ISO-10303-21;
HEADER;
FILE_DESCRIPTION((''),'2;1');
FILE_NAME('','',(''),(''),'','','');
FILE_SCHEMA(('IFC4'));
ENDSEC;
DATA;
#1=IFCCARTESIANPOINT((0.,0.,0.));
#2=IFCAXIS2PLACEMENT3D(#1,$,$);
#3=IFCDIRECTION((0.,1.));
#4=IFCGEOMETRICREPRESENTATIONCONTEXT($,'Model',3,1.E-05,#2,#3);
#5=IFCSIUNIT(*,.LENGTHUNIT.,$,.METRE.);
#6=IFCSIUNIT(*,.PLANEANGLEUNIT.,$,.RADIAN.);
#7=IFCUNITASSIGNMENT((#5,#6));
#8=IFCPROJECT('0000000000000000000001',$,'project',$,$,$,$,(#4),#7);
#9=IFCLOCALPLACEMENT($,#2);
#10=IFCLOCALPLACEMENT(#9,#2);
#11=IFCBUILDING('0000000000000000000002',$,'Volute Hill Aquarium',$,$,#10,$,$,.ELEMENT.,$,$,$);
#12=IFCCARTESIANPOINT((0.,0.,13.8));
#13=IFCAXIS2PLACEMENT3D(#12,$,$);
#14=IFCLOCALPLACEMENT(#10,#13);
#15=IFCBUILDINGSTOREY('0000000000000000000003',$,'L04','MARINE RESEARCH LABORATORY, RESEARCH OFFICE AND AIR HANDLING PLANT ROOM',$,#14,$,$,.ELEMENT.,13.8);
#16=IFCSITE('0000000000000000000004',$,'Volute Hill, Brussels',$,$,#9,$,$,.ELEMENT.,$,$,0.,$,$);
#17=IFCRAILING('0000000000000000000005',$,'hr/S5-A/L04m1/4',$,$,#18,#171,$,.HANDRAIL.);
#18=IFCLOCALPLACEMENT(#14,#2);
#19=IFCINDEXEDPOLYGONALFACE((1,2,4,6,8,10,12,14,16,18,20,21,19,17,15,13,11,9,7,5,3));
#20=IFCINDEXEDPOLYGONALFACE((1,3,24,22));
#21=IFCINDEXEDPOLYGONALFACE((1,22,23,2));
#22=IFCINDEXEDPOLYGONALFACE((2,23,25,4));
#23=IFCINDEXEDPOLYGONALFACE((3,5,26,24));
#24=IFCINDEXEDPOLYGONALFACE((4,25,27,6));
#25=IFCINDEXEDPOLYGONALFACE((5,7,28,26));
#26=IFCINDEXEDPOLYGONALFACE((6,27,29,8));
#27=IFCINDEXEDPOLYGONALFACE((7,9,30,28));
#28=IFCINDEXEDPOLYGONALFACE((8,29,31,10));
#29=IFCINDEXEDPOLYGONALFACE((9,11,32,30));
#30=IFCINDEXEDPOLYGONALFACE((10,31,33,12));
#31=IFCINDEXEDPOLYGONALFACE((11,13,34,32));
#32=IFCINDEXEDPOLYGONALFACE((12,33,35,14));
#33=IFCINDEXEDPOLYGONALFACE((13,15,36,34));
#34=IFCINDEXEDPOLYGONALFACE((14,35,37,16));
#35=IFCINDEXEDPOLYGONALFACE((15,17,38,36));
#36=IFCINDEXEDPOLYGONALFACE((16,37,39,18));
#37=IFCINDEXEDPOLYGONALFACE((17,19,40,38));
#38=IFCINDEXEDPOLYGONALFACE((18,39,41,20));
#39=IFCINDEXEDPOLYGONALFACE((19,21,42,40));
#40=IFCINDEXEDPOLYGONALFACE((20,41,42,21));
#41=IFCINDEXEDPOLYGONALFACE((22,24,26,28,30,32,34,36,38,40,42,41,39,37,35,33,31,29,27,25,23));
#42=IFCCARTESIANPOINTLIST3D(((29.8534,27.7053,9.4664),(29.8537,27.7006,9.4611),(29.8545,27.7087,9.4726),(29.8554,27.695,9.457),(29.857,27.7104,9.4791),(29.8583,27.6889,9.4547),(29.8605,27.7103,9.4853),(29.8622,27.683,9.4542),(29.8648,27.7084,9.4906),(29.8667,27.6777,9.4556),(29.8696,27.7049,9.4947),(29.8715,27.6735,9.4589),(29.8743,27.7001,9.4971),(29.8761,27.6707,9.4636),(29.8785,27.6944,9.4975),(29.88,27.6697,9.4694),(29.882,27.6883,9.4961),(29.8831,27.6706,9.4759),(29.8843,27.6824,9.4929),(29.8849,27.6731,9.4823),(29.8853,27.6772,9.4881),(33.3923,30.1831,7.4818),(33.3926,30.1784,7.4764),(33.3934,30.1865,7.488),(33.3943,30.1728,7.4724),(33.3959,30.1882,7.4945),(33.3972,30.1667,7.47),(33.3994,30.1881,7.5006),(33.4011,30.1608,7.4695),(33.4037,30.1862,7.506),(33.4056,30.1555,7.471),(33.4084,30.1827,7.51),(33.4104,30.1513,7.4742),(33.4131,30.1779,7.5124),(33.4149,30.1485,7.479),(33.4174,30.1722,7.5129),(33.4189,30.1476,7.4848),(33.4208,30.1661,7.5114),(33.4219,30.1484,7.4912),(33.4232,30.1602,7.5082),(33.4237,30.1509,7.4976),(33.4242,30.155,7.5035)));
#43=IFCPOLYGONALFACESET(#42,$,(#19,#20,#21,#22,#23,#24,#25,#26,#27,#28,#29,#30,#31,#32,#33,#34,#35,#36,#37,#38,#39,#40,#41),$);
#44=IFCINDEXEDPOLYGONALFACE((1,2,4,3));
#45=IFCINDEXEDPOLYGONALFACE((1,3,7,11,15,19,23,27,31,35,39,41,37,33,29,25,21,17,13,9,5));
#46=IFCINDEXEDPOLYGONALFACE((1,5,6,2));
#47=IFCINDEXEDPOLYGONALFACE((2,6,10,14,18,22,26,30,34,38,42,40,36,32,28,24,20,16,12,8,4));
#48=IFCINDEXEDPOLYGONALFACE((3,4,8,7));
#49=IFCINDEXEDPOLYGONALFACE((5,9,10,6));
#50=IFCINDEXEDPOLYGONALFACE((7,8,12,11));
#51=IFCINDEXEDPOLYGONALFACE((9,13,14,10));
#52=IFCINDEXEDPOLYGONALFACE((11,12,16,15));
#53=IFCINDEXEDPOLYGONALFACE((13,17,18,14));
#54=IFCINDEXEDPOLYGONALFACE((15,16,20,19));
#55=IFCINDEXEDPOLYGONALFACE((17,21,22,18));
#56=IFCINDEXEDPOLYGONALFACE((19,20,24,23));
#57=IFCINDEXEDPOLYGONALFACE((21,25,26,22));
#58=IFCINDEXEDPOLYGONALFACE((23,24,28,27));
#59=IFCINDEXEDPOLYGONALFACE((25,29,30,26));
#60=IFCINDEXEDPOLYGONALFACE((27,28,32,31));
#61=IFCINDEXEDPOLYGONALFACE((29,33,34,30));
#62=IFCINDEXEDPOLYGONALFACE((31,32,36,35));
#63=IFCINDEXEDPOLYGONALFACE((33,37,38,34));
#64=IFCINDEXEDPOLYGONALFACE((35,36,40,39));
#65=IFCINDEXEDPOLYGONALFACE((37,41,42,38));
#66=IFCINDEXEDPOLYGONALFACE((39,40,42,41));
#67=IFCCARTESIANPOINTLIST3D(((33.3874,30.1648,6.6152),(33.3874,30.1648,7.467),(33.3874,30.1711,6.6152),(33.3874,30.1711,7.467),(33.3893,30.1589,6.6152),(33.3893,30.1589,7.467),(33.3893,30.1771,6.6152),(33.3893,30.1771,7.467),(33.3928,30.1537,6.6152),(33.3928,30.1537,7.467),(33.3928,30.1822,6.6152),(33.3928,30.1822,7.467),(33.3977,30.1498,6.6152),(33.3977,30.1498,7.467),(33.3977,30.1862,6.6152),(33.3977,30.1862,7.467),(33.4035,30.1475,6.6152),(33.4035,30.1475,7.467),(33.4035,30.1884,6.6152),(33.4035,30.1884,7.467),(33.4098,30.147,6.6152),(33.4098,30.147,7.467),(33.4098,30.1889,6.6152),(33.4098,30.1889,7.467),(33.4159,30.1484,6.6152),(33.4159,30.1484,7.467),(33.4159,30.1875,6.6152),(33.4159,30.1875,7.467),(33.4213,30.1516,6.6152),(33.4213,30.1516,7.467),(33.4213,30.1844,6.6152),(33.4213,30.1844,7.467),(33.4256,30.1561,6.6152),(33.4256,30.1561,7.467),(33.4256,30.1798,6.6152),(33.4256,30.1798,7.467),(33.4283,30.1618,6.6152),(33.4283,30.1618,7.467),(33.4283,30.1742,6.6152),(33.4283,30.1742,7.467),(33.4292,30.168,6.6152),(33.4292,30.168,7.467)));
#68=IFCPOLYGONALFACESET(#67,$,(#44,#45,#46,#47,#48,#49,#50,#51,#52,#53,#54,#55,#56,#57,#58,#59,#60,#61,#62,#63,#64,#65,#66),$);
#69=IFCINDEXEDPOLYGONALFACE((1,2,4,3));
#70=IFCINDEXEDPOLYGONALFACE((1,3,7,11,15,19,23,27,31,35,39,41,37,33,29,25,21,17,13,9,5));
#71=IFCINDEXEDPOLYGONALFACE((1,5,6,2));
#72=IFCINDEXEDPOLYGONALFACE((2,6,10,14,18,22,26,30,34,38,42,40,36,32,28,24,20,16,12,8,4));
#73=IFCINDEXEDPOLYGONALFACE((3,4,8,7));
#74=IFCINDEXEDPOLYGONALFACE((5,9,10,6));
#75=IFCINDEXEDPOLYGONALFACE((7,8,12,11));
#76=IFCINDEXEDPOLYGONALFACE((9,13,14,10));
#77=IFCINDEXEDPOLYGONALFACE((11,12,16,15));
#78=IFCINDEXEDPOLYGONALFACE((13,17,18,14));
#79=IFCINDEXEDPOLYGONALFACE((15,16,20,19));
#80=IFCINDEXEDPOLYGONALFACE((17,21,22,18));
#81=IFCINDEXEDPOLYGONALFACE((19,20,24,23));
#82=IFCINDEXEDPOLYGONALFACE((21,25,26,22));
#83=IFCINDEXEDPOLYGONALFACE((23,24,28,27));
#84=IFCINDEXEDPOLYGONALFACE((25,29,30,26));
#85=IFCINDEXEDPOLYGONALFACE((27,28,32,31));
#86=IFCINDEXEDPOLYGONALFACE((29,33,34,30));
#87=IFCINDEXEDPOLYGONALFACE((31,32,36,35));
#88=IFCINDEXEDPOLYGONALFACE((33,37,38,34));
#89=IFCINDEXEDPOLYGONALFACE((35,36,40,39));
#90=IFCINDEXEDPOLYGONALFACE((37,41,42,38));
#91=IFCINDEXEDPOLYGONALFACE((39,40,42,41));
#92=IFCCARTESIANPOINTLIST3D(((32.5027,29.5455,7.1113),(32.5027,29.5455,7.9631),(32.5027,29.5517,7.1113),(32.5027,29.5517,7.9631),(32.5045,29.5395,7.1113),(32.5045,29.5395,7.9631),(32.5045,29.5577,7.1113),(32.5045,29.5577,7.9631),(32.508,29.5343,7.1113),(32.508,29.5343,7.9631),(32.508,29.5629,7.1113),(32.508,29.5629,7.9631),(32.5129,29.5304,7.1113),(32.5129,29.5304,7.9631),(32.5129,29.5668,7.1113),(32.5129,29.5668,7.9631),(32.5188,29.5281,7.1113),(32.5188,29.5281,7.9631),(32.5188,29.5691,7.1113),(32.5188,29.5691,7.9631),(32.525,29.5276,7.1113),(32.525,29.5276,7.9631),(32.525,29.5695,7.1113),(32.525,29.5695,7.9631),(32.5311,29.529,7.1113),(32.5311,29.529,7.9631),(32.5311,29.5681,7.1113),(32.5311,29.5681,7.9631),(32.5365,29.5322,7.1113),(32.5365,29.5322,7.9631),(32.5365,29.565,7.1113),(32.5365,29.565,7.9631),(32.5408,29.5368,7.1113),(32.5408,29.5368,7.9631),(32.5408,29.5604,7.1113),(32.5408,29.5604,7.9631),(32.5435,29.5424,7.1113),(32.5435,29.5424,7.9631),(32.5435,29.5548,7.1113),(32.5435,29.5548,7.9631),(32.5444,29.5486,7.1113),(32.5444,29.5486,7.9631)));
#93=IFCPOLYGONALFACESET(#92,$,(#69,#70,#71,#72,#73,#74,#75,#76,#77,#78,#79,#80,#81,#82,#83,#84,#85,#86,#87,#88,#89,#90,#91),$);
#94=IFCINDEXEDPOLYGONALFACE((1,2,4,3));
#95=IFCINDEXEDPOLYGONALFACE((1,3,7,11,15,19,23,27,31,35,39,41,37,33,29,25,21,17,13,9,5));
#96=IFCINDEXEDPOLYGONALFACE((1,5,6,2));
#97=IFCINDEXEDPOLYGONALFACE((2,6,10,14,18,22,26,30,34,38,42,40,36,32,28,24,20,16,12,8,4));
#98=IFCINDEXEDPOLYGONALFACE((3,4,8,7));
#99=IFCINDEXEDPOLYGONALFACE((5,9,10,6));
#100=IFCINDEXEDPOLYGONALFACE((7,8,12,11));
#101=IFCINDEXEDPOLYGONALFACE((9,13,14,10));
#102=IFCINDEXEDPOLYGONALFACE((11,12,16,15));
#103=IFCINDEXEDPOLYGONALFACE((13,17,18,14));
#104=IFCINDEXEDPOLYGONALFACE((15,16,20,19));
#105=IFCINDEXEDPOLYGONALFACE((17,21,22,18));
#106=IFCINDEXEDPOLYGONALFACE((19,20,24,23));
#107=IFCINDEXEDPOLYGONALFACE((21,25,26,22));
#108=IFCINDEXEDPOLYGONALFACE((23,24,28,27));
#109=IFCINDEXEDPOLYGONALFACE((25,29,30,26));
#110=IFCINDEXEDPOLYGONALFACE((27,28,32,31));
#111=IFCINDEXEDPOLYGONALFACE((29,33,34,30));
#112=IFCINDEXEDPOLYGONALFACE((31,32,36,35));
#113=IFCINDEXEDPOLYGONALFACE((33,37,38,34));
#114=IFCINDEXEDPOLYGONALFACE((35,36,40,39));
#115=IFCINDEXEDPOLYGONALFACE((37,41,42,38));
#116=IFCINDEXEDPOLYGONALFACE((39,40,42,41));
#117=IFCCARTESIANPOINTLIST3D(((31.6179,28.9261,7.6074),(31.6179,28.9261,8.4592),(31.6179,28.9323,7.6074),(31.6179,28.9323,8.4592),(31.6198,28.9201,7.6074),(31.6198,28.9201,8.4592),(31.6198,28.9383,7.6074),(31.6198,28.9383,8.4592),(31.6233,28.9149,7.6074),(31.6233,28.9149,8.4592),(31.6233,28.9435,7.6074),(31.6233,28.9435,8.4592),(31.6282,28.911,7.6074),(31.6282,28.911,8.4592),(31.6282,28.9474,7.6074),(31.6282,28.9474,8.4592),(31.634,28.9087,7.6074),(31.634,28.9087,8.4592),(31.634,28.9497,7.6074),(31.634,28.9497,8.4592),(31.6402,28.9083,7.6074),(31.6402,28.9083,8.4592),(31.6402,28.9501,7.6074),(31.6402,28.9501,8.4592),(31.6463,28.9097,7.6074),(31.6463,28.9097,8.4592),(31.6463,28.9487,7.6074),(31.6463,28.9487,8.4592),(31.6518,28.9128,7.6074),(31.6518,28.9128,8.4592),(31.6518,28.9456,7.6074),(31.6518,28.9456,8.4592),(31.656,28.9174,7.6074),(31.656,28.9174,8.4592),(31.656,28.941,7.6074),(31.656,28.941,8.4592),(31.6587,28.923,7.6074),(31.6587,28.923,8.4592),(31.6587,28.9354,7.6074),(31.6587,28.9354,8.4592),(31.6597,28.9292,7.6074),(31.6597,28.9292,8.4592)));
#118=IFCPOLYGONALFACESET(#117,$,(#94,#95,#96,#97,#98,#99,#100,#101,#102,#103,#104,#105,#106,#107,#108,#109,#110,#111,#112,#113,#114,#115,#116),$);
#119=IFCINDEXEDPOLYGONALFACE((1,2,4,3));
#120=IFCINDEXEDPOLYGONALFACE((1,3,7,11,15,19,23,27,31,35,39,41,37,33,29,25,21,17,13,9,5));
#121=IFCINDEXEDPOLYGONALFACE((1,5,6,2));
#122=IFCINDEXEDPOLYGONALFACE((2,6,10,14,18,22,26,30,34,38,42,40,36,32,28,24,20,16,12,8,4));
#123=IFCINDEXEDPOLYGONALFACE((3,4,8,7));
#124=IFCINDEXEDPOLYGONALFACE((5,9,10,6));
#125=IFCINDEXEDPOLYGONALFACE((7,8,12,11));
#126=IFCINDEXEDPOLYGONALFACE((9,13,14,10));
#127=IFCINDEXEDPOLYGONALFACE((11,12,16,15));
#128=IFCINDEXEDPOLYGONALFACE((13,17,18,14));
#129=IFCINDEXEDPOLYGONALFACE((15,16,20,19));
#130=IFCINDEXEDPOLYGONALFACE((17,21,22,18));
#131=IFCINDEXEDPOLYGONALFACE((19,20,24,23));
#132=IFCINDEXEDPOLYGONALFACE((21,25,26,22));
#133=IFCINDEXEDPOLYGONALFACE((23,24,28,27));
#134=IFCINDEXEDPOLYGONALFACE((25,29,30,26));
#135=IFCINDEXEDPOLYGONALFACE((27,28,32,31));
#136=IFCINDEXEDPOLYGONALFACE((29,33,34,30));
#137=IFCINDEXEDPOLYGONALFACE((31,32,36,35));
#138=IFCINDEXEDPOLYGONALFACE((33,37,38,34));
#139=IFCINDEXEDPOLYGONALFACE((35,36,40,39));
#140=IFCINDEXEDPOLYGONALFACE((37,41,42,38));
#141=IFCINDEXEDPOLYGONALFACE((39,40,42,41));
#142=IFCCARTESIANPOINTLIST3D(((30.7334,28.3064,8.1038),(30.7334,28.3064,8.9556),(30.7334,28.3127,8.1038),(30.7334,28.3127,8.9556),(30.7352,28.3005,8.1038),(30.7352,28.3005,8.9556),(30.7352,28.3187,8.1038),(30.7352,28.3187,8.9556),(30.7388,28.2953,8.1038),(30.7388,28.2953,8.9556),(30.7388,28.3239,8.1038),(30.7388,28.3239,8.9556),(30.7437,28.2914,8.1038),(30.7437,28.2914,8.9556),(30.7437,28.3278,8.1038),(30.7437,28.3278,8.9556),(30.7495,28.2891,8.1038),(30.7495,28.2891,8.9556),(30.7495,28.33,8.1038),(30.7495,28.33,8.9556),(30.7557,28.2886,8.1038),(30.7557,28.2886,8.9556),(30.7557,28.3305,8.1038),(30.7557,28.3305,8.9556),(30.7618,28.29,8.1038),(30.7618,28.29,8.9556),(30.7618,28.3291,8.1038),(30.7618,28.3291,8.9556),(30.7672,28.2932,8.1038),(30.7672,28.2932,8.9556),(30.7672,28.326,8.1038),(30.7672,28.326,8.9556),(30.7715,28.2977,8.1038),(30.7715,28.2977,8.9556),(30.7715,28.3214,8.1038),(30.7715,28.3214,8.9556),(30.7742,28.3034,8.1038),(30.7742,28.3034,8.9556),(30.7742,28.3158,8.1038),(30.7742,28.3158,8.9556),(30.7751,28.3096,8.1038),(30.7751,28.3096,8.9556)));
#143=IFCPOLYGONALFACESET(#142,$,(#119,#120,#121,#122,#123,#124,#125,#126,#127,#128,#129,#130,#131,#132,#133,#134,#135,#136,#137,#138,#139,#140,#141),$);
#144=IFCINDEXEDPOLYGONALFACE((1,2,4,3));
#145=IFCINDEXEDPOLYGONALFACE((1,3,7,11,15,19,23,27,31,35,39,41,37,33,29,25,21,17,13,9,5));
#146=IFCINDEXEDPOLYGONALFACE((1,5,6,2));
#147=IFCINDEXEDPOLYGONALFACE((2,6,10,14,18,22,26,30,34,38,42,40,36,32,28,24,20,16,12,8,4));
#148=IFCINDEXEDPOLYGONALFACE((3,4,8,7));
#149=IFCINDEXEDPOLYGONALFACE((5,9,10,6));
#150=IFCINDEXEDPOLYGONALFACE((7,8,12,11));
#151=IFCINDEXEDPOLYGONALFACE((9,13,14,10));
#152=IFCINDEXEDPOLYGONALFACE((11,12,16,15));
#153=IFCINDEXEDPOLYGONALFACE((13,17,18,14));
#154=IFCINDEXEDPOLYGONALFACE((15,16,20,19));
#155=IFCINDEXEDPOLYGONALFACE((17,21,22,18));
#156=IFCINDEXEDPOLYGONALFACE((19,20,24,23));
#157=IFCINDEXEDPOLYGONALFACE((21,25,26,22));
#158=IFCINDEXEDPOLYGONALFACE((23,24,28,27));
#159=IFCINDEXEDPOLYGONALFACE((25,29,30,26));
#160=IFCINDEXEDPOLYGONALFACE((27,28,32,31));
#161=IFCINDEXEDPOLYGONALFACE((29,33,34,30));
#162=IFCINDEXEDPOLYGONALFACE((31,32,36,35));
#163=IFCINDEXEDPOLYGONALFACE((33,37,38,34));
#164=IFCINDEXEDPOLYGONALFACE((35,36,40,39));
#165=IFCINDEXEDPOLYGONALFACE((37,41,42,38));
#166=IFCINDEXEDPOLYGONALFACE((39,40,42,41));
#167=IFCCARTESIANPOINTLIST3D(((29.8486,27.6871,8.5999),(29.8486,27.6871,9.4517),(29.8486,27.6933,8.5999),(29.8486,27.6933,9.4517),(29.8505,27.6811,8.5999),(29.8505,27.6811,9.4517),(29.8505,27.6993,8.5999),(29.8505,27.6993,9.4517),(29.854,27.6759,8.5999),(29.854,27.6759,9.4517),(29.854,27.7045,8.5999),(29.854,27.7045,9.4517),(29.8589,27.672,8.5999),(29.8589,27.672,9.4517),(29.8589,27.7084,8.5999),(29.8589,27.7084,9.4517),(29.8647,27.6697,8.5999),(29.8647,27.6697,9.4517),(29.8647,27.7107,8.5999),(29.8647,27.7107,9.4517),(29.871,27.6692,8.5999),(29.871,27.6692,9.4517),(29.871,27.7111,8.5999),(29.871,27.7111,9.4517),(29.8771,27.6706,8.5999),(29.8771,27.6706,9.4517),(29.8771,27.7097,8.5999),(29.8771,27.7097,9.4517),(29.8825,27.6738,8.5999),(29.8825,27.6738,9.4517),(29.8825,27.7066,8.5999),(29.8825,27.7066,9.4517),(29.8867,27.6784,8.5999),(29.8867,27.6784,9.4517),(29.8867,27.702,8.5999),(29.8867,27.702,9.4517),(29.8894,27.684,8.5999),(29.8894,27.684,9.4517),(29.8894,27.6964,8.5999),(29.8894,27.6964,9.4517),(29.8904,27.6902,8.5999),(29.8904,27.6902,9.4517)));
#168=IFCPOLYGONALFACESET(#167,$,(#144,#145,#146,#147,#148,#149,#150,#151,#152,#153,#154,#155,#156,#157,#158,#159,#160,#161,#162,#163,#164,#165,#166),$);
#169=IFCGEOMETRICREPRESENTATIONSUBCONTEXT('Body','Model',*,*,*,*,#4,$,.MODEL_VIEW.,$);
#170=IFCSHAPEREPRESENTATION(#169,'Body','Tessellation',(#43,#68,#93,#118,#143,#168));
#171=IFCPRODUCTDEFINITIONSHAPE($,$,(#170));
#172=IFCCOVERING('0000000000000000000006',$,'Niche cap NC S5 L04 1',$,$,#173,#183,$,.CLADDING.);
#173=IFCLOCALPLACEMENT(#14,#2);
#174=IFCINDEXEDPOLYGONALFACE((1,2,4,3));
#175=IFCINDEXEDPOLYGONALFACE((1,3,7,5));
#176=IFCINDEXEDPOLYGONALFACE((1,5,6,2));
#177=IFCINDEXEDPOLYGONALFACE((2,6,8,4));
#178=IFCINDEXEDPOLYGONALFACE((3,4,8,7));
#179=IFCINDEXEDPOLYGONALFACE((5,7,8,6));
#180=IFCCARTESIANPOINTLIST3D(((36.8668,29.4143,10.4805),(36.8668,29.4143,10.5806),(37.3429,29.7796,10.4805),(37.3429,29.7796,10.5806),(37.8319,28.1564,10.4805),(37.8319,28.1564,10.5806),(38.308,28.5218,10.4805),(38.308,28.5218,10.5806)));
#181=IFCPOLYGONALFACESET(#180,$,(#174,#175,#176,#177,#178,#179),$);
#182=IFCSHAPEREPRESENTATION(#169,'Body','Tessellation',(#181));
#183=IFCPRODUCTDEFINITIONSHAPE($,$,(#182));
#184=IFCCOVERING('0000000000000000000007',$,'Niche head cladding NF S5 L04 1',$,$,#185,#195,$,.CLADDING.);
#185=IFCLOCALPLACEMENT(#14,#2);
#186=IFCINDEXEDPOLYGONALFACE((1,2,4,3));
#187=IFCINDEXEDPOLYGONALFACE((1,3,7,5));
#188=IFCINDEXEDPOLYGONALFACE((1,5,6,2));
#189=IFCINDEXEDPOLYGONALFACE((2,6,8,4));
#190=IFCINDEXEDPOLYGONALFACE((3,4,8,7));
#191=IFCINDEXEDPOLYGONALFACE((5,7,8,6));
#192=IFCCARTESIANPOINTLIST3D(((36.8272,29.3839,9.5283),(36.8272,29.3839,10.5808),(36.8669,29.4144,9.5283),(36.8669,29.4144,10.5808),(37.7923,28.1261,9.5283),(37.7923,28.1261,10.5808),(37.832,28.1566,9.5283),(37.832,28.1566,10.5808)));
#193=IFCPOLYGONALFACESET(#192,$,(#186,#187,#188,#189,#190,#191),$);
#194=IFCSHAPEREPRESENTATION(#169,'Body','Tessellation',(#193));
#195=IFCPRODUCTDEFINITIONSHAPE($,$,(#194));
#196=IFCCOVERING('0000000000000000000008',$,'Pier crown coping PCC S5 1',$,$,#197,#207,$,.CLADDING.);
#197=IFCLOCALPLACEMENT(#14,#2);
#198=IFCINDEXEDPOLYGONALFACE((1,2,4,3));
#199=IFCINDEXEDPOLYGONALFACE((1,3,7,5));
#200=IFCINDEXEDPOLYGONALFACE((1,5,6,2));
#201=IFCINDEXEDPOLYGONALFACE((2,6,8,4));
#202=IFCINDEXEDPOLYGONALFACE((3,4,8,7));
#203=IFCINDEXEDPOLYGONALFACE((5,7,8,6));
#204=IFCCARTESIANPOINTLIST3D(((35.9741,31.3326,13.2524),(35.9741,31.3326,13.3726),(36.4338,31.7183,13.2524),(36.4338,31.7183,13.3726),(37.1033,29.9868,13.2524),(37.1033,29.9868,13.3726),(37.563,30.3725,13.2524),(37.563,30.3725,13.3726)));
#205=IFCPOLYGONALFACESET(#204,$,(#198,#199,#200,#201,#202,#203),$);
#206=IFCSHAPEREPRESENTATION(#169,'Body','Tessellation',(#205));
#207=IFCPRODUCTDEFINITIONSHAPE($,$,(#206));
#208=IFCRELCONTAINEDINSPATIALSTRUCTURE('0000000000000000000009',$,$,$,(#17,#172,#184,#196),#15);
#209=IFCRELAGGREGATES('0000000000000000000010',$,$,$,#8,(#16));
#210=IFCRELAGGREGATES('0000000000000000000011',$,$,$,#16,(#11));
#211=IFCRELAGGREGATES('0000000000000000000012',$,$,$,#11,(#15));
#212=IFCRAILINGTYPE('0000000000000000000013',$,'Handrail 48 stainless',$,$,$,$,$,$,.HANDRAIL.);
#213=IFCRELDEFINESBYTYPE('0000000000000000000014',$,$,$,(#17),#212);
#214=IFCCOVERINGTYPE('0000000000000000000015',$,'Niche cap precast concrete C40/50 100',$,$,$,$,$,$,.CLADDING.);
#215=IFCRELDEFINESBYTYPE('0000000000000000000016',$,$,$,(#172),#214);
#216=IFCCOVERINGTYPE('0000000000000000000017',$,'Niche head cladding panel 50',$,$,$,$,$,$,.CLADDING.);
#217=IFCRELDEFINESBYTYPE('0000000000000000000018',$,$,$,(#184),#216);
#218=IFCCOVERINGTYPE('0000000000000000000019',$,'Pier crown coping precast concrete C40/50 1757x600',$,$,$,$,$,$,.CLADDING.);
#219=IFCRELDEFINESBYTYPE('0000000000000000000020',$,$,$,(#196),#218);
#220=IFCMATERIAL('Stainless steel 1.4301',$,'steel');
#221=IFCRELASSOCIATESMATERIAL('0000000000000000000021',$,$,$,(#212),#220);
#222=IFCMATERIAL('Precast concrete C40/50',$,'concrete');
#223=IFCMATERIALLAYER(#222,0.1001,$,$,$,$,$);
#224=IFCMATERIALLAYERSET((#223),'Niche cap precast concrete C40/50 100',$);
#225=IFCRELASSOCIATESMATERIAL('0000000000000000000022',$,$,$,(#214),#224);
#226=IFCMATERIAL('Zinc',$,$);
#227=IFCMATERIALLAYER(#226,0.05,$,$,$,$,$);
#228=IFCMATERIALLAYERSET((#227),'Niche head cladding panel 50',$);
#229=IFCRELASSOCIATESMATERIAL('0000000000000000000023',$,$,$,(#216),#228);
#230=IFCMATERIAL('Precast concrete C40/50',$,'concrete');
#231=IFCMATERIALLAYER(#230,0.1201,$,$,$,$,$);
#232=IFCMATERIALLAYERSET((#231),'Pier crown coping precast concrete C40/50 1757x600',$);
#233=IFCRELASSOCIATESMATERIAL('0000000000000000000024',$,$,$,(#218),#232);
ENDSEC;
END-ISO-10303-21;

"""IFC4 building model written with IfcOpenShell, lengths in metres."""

from ifc_helpers import new_model, si_unit, direction, frame, origin, origin_2d, place, context, subcontext, project, spatial, rectangle, circle, extrude, material, layer, layer_set, type_object, element, save


model = new_model("IFC4")

# Units and contexts
model_context = context("Model", 3, precision=1e-05, world=origin(), true_north=direction((0.0, 1.0)))
body_context = subcontext(model_context, "Body", "Model", "MODEL_VIEW")
ifc_project = project(units=[si_unit("LENGTHUNIT", "METRE"), si_unit("PLANEANGLEUNIT", "RADIAN")], contexts=[model_context])

# Site, building, storey
site_placement = place(None, origin())
site = spatial("IfcSite", under=ifc_project, at=site_placement, Name="Volute Hill, Brussels", CompositionType="ELEMENT", RefElevation=0.0)
building_placement = place(site_placement, origin())
building = spatial("IfcBuilding", under=site, at=building_placement, Name="Volute Hill Aquarium", CompositionType="ELEMENT")
storey_placement = place(building_placement, frame((0.0, 0.0, 13.8)))
storey = spatial("IfcBuildingStorey", under=building, at=storey_placement, Name="L04", Description="MARINE RESEARCH LABORATORY, RESEARCH OFFICE AND AIR HANDLING PLANT ROOM", CompositionType="ELEMENT", Elevation=13.8)

# Railing
ifc_material_1 = material(Name="Stainless steel 1.4301", Category="steel")
railing_type_1 = type_object("IfcRailingType", Name="Handrail 48 stainless", PredefinedType="HANDRAIL", material=ifc_material_1)
railing_1_placement = place(storey_placement, frame((33.4082, 30.168, 6.6152)))
element("IfcRailing", 1, at=railing_1_placement, inside=storey, type_object=railing_type_1, Name="hr/S5-A/L04m1/4", PredefinedType="HANDRAIL", context=body_context, shape_type="SweptSolid", body=[
    extrude(circle(Radius=0.0239, at=origin_2d()), frame((0.0, 0.0, 0.876), z_axis=(-0.744374, -0.52119, 0.417455), x_axis=(0.573557, -0.819166, 0.0)), (0.0, 0.0, 1.0), 4.7542),
    extrude(circle(Radius=0.021, at=origin_2d()), origin(), (0.0, 0.0, 1.0), 0.8518),
    extrude(circle(Radius=0.021, at=origin_2d()), frame((-0.8848, -0.6194, 0.4961)), (0.0, 0.0, 1.0), 0.8518),
    extrude(circle(Radius=0.021, at=origin_2d()), frame((-1.7695, -1.2388, 0.9922)), (0.0, 0.0, 1.0), 0.8518),
    extrude(circle(Radius=0.021, at=origin_2d()), frame((-2.6541, -1.8584, 1.4885)), (0.0, 0.0, 1.0), 0.8518),
    extrude(circle(Radius=0.021, at=origin_2d()), frame((-3.5388, -2.4778, 1.9846)), (0.0, 0.0, 1.0), 0.8518),
])

# Coverings
ifc_material_2 = material(Name="Precast concrete C40/50", Category="concrete")
ifc_layer_1 = layer(ifc_material_2, 0.1001)
ifc_layer_set_1 = layer_set([ifc_layer_1], Name="Niche cap precast concrete C40/50 100")
covering_type_1 = type_object("IfcCoveringType", Name="Niche cap precast concrete C40/50 100", PredefinedType="CLADDING", material=ifc_layer_set_1)
covering_1_placement = place(storey_placement, frame((37.5874, 28.968, 10.4805), z_axis=(0.0, 0.0, 1.0), x_axis=(-0.608753, 0.79336, 0.0)))
element("IfcCovering", 2, at=covering_1_placement, inside=storey, type_object=covering_type_1, Name="Niche cap NC S5 L04 1", PredefinedType="CLADDING", context=body_context, shape_type="SweptSolid", body=[
    extrude(rectangle(XDim=1.5854, YDim=0.6001, at=origin_2d()), origin(), (0.0, 0.0, 1.0), 0.1001),
])
ifc_material_3 = material(Name="Zinc")
ifc_layer_2 = layer(ifc_material_3, 0.05)
ifc_layer_set_2 = layer_set([ifc_layer_2], Name="Niche head cladding panel 50")
covering_type_2 = type_object("IfcCoveringType", Name="Niche head cladding panel 50", PredefinedType="CLADDING", material=ifc_layer_set_2)
covering_2_placement = place(storey_placement, frame((37.3296, 28.7703, 9.5283), z_axis=(0.0, 0.0, 1.0), x_axis=(-0.608753, 0.79336, 0.0)))
element("IfcCovering", 3, at=covering_2_placement, inside=storey, type_object=covering_type_2, Name="Niche head cladding NF S5 L04 1", PredefinedType="CLADDING", context=body_context, shape_type="SweptSolid", body=[
    extrude(rectangle(XDim=1.5854, YDim=0.05, at=origin_2d()), origin(), (0.0, 0.0, 1.0), 1.0525),
])
ifc_material_4 = material(Name="Precast concrete C40/50", Category="concrete")
ifc_layer_3 = layer(ifc_material_4, 0.1201)
ifc_layer_set_3 = layer_set([ifc_layer_3], Name="Pier crown coping precast concrete C40/50 1757x600")
covering_type_3 = type_object("IfcCoveringType", Name="Pier crown coping precast concrete C40/50 1757x600", PredefinedType="CLADDING", material=ifc_layer_set_3)
covering_3_placement = place(storey_placement, frame((36.7686, 30.8525, 13.2524), z_axis=(0.0, 0.0, 1.0), x_axis=(-0.642788, 0.766044, 0.0)))
element("IfcCovering", 4, at=covering_3_placement, inside=storey, type_object=covering_type_3, Name="Pier crown coping PCC S5 1", PredefinedType="CLADDING", context=body_context, shape_type="SweptSolid", body=[
    extrude(rectangle(XDim=1.7568, YDim=0.6001, at=origin_2d()), origin(), (0.0, 0.0, 1.0), 0.1201),
])

save(model, "model.ifc")
